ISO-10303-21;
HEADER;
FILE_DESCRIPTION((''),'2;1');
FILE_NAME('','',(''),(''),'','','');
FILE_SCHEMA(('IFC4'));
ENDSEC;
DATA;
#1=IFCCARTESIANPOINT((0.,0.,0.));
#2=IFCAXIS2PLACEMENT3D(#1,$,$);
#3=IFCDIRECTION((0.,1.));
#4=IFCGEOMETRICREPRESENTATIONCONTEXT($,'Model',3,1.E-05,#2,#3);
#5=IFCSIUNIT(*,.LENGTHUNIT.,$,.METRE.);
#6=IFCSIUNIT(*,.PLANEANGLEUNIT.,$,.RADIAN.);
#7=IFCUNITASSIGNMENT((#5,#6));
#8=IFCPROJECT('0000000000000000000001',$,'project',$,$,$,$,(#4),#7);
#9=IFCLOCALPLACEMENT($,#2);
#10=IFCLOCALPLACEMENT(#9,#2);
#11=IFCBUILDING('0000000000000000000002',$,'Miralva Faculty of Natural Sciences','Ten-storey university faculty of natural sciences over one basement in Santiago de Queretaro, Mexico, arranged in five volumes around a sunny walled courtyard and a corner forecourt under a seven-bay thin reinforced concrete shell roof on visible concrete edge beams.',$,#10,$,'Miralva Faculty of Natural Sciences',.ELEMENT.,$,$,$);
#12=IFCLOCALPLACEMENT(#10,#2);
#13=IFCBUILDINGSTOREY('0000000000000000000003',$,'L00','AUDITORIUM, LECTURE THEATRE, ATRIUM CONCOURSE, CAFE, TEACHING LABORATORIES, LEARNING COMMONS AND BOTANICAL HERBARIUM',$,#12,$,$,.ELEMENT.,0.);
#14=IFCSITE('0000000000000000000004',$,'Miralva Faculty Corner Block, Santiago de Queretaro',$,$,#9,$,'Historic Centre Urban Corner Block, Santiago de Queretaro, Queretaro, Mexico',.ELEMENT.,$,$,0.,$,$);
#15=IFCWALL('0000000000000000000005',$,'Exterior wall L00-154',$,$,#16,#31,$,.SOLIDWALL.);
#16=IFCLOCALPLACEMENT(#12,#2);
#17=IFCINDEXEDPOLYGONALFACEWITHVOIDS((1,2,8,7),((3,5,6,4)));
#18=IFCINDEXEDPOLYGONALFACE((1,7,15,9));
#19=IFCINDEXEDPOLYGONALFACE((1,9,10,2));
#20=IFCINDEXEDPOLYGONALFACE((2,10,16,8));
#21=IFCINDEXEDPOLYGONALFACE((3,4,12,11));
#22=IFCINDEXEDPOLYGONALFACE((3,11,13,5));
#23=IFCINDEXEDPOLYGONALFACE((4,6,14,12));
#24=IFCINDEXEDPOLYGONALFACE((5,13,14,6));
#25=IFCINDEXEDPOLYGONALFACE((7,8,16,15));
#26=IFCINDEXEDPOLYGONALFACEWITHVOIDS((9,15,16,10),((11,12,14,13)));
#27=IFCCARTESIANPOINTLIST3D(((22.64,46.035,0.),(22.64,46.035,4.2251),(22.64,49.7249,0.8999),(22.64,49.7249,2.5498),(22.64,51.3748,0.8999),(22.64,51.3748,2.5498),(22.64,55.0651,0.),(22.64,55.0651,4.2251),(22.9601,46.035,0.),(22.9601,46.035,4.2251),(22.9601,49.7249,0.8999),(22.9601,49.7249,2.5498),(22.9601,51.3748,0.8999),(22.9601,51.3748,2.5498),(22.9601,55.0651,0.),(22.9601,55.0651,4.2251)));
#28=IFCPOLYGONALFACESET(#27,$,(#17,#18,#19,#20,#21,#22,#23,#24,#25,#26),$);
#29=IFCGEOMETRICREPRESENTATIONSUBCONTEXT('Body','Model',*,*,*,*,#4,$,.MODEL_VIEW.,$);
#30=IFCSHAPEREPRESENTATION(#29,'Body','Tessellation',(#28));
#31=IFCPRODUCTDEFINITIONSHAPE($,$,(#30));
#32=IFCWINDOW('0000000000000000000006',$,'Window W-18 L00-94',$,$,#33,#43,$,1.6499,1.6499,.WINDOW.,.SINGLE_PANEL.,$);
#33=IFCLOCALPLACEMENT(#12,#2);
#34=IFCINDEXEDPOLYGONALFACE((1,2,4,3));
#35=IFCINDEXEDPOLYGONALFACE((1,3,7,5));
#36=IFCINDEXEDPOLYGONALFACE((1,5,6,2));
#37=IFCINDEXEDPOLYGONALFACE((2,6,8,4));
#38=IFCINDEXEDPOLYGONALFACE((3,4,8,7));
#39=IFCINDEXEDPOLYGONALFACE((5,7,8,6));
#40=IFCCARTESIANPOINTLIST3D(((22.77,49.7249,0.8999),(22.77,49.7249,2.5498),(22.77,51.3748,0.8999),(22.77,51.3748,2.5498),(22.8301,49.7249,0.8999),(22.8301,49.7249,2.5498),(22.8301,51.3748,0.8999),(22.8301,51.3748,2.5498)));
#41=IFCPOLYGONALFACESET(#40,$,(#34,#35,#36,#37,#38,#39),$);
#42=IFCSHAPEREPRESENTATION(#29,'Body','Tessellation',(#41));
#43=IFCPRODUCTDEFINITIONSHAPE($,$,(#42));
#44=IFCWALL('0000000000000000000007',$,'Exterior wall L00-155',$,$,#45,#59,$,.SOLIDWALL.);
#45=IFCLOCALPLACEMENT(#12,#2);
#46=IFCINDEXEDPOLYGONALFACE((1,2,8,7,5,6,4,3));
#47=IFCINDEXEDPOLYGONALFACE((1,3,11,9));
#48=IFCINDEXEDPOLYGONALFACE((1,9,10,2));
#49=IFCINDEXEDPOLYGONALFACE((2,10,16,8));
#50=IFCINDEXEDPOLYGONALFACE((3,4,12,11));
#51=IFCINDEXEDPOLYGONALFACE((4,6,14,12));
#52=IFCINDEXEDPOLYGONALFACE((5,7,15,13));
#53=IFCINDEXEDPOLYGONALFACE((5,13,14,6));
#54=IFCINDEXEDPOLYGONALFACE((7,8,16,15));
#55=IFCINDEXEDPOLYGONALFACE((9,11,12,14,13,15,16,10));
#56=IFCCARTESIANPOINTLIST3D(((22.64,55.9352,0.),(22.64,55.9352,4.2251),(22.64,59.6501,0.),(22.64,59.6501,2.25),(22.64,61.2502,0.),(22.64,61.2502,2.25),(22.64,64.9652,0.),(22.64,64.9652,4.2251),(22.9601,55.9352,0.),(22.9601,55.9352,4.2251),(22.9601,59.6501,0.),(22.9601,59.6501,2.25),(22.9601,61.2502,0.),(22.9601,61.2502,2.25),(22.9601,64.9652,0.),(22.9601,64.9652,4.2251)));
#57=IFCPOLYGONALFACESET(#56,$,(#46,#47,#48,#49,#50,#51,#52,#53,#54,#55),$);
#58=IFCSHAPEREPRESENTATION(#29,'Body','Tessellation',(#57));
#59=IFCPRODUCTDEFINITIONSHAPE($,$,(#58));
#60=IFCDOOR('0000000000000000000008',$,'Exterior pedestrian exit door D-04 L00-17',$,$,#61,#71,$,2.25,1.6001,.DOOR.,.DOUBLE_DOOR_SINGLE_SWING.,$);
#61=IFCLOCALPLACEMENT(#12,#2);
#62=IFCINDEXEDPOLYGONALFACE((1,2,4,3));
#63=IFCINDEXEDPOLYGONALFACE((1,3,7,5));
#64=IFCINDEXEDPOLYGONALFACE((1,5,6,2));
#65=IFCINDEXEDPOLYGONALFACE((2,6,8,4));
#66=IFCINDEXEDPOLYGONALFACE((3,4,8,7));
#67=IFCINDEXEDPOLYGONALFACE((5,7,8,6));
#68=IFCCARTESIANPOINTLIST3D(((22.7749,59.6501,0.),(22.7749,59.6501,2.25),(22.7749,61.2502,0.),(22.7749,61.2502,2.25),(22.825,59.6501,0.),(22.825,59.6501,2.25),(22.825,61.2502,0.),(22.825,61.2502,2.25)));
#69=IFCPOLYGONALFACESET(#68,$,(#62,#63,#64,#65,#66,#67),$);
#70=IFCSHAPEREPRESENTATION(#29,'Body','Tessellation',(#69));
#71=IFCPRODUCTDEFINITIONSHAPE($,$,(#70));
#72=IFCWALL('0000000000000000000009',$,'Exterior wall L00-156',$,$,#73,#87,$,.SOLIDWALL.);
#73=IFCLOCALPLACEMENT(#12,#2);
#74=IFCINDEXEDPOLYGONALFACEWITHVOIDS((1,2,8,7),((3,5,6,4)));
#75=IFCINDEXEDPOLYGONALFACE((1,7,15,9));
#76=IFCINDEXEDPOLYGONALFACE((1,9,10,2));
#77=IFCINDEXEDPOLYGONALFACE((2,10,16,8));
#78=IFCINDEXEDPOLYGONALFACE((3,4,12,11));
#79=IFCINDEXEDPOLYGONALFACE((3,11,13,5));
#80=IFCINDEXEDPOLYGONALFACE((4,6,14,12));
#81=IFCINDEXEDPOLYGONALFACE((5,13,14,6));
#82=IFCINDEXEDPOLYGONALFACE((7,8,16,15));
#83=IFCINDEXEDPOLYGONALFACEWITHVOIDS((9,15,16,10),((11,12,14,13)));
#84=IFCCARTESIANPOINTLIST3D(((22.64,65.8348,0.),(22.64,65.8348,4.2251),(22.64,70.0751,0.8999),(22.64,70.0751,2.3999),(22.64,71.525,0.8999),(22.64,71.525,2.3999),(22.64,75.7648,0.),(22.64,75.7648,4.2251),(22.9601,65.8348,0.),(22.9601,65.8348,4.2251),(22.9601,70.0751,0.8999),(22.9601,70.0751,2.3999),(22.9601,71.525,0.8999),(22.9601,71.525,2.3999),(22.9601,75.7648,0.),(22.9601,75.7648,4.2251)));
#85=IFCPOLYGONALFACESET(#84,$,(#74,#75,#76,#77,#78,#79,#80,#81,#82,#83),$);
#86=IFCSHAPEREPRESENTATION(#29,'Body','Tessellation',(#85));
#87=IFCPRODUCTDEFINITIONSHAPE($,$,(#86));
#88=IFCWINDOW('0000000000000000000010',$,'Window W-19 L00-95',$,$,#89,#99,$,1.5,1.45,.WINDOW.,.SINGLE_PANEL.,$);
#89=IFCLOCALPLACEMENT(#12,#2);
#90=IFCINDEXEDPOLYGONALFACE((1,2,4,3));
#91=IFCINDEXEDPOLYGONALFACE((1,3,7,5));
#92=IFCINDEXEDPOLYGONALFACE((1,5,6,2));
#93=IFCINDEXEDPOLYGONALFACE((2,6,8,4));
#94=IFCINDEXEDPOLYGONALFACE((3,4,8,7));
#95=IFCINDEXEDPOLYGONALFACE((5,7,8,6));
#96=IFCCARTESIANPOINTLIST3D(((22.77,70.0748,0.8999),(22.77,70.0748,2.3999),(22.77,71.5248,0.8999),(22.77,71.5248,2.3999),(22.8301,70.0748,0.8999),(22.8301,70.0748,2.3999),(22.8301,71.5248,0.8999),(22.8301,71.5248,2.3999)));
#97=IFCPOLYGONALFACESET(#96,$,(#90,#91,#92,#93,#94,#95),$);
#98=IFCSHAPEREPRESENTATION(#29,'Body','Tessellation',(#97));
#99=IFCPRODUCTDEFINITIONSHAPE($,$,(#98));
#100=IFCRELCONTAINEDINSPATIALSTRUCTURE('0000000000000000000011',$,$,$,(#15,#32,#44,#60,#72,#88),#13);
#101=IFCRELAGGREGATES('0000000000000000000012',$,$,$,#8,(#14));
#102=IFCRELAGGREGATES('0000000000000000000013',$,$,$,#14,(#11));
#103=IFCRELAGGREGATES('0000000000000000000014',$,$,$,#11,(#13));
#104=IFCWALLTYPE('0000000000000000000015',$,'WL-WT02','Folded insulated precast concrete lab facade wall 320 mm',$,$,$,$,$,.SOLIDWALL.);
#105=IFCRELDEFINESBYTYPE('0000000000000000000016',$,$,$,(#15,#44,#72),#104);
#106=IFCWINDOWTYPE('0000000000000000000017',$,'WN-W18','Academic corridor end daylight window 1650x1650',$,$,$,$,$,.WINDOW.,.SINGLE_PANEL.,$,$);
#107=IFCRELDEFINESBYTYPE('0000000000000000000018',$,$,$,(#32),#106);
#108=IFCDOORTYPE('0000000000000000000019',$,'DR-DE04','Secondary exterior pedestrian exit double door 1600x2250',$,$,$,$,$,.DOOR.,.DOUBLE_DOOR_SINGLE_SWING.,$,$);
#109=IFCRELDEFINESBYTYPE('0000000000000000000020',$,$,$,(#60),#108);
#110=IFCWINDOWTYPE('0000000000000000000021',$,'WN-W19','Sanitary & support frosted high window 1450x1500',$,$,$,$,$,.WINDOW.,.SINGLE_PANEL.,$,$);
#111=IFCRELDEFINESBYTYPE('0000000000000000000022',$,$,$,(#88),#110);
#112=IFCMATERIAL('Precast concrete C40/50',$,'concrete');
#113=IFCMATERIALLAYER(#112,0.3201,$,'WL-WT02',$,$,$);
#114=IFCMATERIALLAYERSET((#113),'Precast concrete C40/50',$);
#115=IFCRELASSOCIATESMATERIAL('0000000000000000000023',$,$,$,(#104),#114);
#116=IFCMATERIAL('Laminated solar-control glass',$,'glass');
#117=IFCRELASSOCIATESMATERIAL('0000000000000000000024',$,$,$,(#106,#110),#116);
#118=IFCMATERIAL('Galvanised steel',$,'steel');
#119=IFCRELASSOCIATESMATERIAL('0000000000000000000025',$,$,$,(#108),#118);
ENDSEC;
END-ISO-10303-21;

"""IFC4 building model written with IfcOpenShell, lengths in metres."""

from ifc_helpers import new_model, si_unit, direction, frame, frame_2d, origin, place, context, subcontext, project, spatial, rectangle, extrude, material, layer, layer_set, type_object, element, fill, save


model = new_model("IFC4")

# Units and contexts
model_context = context("Model", 3, precision=1e-05, world=origin(), true_north=direction((0.0, 1.0)))
body_context = subcontext(model_context, "Body", "Model", "MODEL_VIEW")
ifc_project = project(units=[si_unit("LENGTHUNIT", "METRE"), si_unit("PLANEANGLEUNIT", "RADIAN")], contexts=[model_context])

# Site, building, storey
site_placement = place(None, origin())
site = spatial("IfcSite", under=ifc_project, at=site_placement, Name="Miralva Faculty Corner Block, Santiago de Queretaro", LongName="Historic Centre Urban Corner Block, Santiago de Queretaro, Queretaro, Mexico", CompositionType="ELEMENT", RefElevation=0.0)
building_placement = place(site_placement, origin())
building = spatial("IfcBuilding", under=site, at=building_placement, Name="Miralva Faculty of Natural Sciences", Description="Ten-storey university faculty of natural sciences over one basement in Santiago de Queretaro, Mexico, arranged in five volumes around a sunny walled courtyard and a corner forecourt under a seven-bay thin reinforced concrete shell roof on visible concrete edge beams.", LongName="Miralva Faculty of Natural Sciences", CompositionType="ELEMENT")
storey_placement = place(building_placement, origin())
storey = spatial("IfcBuildingStorey", under=building, at=storey_placement, Name="L00", Description="AUDITORIUM, LECTURE THEATRE, ATRIUM CONCOURSE, CAFE, TEACHING LABORATORIES, LEARNING COMMONS AND BOTANICAL HERBARIUM", CompositionType="ELEMENT", Elevation=0.0)

# Wall, opening, window
ifc_material_1 = material(Name="Precast concrete C40/50", Category="concrete")
ifc_layer_1 = layer(ifc_material_1, 0.3201, Name="WL-WT02")
ifc_layer_set_1 = layer_set([ifc_layer_1], Name="Precast concrete C40/50")
wall_type_1 = type_object("IfcWallType", Name="WL-WT02", Description="Folded insulated precast concrete lab facade wall 320 mm", PredefinedType="SOLIDWALL", material=ifc_layer_set_1)
ifc_material_2 = material(Name="Laminated solar-control glass", Category="glass")
wall_1_placement = place(storey_placement, frame((22.8, 46.0349, 0.0), z_axis=(0.0, 0.0, 1.0), x_axis=(0.0, 1.0, 0.0)))
wall_1 = element("IfcWall", 1, at=wall_1_placement, inside=storey, type_object=wall_type_1, Name="Exterior wall L00-154", PredefinedType="SOLIDWALL", context=body_context, shape_type="SweptSolid", body=[
    extrude(rectangle(XDim=9.03, YDim=0.3201, at=frame_2d((4.5151, 0.0))), origin(), (0.0, 0.0, 1.0), 4.2251),
])
opening_1_placement = place(wall_1_placement, frame((3.6899, 0.0, 0.8999)))
opening_1 = element("IfcOpeningElement", 2, at=opening_1_placement, cuts=wall_1, PredefinedType="OPENING", context=body_context, shape_type="SweptSolid", body=[
    extrude(rectangle(XDim=1.6499, YDim=1.6499, at=frame_2d((0.825, 0.825))), frame((0.0, 0.1699, 0.0), z_axis=(0.0, -1.0, 0.0), x_axis=(1.0, 0.0, 0.0)), (0.0, 0.0, 1.0), 0.3401),
])
window_type_1 = type_object("IfcWindowType", Name="WN-W18", Description="Academic corridor end daylight window 1650x1650", PartitioningType="SINGLE_PANEL", PredefinedType="WINDOW", material=ifc_material_2)
window_1_placement = place(opening_1_placement, frame((1.6499, 0.0, 0.0), z_axis=(0.0, 0.0, 1.0), x_axis=(-1.0, 0.0, 0.0)))
window_1 = element("IfcWindow", 3, at=window_1_placement, inside=storey, type_object=window_type_1, Name="Window W-18 L00-94", OverallHeight=1.6499, OverallWidth=1.6499, PartitioningType="SINGLE_PANEL", PredefinedType="WINDOW", context=body_context, shape_type="SweptSolid", body=[
    extrude(rectangle(XDim=1.6499, YDim=1.6499, at=frame_2d((0.825, 0.825))), frame((0.0, 0.03, 0.0), z_axis=(0.0, -1.0, 0.0), x_axis=(1.0, 0.0, 0.0)), (0.0, 0.0, 1.0), 0.0601),
])
fill(opening_1, window_1)

# Wall, opening, door
wall_2_placement = place(storey_placement, frame((22.8, 55.9351, 0.0), z_axis=(0.0, 0.0, 1.0), x_axis=(0.0, 1.0, 0.0)))
wall_2 = element("IfcWall", 4, at=wall_2_placement, inside=storey, type_object=wall_type_1, Name="Exterior wall L00-155", PredefinedType="SOLIDWALL", context=body_context, shape_type="SweptSolid", body=[
    extrude(rectangle(XDim=9.03, YDim=0.3201, at=frame_2d((4.5151, 0.0))), origin(), (0.0, 0.0, 1.0), 4.2251),
])
opening_2_placement = place(wall_2_placement, frame((3.7151, 0.0, 0.0)))
opening_2 = element("IfcOpeningElement", 5, at=opening_2_placement, cuts=wall_2, PredefinedType="OPENING", context=body_context, shape_type="SweptSolid", body=[
    extrude(rectangle(XDim=1.6001, YDim=2.25, at=frame_2d((0.8, 1.125))), frame((0.0, 0.1699, 0.0), z_axis=(0.0, -1.0, 0.0), x_axis=(1.0, 0.0, 0.0)), (0.0, 0.0, 1.0), 0.3401),
])
ifc_material_3 = material(Name="Galvanised steel", Category="steel")
door_type = type_object("IfcDoorType", Name="DR-DE04", Description="Secondary exterior pedestrian exit double door 1600x2250", OperationType="DOUBLE_DOOR_SINGLE_SWING", PredefinedType="DOOR", material=ifc_material_3)
door_placement = place(opening_2_placement, frame((1.6001, 0.0, 0.0), z_axis=(0.0, 0.0, 1.0), x_axis=(-1.0, 0.0, 0.0)))
door = element("IfcDoor", 6, at=door_placement, inside=storey, type_object=door_type, Name="Exterior pedestrian exit door D-04 L00-17", OperationType="DOUBLE_DOOR_SINGLE_SWING", OverallHeight=2.25, OverallWidth=1.6001, PredefinedType="DOOR", context=body_context, shape_type="SweptSolid", body=[
    extrude(rectangle(XDim=1.6001, YDim=2.25, at=frame_2d((0.8, 1.125))), frame((0.0, 0.0249, 0.0), z_axis=(0.0, -1.0, 0.0), x_axis=(1.0, 0.0, 0.0)), (0.0, 0.0, 1.0), 0.05),
])
fill(opening_2, door)

# Wall, opening, window
wall_3_placement = place(storey_placement, frame((22.8, 65.835, 0.0), z_axis=(0.0, 0.0, 1.0), x_axis=(0.0, 1.0, 0.0)))
wall_3 = element("IfcWall", 7, at=wall_3_placement, inside=storey, type_object=wall_type_1, Name="Exterior wall L00-156", PredefinedType="SOLIDWALL", context=body_context, shape_type="SweptSolid", body=[
    extrude(rectangle(XDim=9.9299, YDim=0.3201, at=frame_2d((4.9648, 0.0))), origin(), (0.0, 0.0, 1.0), 4.2251),
])
opening_3_placement = place(wall_3_placement, frame((4.24, 0.0, 0.8999)))
opening_3 = element("IfcOpeningElement", 8, at=opening_3_placement, cuts=wall_3, PredefinedType="OPENING", context=body_context, shape_type="SweptSolid", body=[
    extrude(rectangle(XDim=1.45, YDim=1.5, at=frame_2d((0.7251, 0.75))), frame((0.0, 0.1699, 0.0), z_axis=(0.0, -1.0, 0.0), x_axis=(1.0, 0.0, 0.0)), (0.0, 0.0, 1.0), 0.3401),
])
window_type_2 = type_object("IfcWindowType", Name="WN-W19", Description="Sanitary & support frosted high window 1450x1500", PartitioningType="SINGLE_PANEL", PredefinedType="WINDOW", material=ifc_material_2)
window_2_placement = place(opening_3_placement, frame((1.45, 0.0, 0.0), z_axis=(0.0, 0.0, 1.0), x_axis=(-1.0, 0.0, 0.0)))
window_2 = element("IfcWindow", 9, at=window_2_placement, inside=storey, type_object=window_type_2, Name="Window W-19 L00-95", OverallHeight=1.5, OverallWidth=1.45, PartitioningType="SINGLE_PANEL", PredefinedType="WINDOW", context=body_context, shape_type="SweptSolid", body=[
    extrude(rectangle(XDim=1.45, YDim=1.5, at=frame_2d((0.7251, 0.75))), frame((0.0, 0.03, 0.0), z_axis=(0.0, -1.0, 0.0), x_axis=(1.0, 0.0, 0.0)), (0.0, 0.0, 1.0), 0.0601),
])
fill(opening_3, window_2)

save(model, "model.ifc")
